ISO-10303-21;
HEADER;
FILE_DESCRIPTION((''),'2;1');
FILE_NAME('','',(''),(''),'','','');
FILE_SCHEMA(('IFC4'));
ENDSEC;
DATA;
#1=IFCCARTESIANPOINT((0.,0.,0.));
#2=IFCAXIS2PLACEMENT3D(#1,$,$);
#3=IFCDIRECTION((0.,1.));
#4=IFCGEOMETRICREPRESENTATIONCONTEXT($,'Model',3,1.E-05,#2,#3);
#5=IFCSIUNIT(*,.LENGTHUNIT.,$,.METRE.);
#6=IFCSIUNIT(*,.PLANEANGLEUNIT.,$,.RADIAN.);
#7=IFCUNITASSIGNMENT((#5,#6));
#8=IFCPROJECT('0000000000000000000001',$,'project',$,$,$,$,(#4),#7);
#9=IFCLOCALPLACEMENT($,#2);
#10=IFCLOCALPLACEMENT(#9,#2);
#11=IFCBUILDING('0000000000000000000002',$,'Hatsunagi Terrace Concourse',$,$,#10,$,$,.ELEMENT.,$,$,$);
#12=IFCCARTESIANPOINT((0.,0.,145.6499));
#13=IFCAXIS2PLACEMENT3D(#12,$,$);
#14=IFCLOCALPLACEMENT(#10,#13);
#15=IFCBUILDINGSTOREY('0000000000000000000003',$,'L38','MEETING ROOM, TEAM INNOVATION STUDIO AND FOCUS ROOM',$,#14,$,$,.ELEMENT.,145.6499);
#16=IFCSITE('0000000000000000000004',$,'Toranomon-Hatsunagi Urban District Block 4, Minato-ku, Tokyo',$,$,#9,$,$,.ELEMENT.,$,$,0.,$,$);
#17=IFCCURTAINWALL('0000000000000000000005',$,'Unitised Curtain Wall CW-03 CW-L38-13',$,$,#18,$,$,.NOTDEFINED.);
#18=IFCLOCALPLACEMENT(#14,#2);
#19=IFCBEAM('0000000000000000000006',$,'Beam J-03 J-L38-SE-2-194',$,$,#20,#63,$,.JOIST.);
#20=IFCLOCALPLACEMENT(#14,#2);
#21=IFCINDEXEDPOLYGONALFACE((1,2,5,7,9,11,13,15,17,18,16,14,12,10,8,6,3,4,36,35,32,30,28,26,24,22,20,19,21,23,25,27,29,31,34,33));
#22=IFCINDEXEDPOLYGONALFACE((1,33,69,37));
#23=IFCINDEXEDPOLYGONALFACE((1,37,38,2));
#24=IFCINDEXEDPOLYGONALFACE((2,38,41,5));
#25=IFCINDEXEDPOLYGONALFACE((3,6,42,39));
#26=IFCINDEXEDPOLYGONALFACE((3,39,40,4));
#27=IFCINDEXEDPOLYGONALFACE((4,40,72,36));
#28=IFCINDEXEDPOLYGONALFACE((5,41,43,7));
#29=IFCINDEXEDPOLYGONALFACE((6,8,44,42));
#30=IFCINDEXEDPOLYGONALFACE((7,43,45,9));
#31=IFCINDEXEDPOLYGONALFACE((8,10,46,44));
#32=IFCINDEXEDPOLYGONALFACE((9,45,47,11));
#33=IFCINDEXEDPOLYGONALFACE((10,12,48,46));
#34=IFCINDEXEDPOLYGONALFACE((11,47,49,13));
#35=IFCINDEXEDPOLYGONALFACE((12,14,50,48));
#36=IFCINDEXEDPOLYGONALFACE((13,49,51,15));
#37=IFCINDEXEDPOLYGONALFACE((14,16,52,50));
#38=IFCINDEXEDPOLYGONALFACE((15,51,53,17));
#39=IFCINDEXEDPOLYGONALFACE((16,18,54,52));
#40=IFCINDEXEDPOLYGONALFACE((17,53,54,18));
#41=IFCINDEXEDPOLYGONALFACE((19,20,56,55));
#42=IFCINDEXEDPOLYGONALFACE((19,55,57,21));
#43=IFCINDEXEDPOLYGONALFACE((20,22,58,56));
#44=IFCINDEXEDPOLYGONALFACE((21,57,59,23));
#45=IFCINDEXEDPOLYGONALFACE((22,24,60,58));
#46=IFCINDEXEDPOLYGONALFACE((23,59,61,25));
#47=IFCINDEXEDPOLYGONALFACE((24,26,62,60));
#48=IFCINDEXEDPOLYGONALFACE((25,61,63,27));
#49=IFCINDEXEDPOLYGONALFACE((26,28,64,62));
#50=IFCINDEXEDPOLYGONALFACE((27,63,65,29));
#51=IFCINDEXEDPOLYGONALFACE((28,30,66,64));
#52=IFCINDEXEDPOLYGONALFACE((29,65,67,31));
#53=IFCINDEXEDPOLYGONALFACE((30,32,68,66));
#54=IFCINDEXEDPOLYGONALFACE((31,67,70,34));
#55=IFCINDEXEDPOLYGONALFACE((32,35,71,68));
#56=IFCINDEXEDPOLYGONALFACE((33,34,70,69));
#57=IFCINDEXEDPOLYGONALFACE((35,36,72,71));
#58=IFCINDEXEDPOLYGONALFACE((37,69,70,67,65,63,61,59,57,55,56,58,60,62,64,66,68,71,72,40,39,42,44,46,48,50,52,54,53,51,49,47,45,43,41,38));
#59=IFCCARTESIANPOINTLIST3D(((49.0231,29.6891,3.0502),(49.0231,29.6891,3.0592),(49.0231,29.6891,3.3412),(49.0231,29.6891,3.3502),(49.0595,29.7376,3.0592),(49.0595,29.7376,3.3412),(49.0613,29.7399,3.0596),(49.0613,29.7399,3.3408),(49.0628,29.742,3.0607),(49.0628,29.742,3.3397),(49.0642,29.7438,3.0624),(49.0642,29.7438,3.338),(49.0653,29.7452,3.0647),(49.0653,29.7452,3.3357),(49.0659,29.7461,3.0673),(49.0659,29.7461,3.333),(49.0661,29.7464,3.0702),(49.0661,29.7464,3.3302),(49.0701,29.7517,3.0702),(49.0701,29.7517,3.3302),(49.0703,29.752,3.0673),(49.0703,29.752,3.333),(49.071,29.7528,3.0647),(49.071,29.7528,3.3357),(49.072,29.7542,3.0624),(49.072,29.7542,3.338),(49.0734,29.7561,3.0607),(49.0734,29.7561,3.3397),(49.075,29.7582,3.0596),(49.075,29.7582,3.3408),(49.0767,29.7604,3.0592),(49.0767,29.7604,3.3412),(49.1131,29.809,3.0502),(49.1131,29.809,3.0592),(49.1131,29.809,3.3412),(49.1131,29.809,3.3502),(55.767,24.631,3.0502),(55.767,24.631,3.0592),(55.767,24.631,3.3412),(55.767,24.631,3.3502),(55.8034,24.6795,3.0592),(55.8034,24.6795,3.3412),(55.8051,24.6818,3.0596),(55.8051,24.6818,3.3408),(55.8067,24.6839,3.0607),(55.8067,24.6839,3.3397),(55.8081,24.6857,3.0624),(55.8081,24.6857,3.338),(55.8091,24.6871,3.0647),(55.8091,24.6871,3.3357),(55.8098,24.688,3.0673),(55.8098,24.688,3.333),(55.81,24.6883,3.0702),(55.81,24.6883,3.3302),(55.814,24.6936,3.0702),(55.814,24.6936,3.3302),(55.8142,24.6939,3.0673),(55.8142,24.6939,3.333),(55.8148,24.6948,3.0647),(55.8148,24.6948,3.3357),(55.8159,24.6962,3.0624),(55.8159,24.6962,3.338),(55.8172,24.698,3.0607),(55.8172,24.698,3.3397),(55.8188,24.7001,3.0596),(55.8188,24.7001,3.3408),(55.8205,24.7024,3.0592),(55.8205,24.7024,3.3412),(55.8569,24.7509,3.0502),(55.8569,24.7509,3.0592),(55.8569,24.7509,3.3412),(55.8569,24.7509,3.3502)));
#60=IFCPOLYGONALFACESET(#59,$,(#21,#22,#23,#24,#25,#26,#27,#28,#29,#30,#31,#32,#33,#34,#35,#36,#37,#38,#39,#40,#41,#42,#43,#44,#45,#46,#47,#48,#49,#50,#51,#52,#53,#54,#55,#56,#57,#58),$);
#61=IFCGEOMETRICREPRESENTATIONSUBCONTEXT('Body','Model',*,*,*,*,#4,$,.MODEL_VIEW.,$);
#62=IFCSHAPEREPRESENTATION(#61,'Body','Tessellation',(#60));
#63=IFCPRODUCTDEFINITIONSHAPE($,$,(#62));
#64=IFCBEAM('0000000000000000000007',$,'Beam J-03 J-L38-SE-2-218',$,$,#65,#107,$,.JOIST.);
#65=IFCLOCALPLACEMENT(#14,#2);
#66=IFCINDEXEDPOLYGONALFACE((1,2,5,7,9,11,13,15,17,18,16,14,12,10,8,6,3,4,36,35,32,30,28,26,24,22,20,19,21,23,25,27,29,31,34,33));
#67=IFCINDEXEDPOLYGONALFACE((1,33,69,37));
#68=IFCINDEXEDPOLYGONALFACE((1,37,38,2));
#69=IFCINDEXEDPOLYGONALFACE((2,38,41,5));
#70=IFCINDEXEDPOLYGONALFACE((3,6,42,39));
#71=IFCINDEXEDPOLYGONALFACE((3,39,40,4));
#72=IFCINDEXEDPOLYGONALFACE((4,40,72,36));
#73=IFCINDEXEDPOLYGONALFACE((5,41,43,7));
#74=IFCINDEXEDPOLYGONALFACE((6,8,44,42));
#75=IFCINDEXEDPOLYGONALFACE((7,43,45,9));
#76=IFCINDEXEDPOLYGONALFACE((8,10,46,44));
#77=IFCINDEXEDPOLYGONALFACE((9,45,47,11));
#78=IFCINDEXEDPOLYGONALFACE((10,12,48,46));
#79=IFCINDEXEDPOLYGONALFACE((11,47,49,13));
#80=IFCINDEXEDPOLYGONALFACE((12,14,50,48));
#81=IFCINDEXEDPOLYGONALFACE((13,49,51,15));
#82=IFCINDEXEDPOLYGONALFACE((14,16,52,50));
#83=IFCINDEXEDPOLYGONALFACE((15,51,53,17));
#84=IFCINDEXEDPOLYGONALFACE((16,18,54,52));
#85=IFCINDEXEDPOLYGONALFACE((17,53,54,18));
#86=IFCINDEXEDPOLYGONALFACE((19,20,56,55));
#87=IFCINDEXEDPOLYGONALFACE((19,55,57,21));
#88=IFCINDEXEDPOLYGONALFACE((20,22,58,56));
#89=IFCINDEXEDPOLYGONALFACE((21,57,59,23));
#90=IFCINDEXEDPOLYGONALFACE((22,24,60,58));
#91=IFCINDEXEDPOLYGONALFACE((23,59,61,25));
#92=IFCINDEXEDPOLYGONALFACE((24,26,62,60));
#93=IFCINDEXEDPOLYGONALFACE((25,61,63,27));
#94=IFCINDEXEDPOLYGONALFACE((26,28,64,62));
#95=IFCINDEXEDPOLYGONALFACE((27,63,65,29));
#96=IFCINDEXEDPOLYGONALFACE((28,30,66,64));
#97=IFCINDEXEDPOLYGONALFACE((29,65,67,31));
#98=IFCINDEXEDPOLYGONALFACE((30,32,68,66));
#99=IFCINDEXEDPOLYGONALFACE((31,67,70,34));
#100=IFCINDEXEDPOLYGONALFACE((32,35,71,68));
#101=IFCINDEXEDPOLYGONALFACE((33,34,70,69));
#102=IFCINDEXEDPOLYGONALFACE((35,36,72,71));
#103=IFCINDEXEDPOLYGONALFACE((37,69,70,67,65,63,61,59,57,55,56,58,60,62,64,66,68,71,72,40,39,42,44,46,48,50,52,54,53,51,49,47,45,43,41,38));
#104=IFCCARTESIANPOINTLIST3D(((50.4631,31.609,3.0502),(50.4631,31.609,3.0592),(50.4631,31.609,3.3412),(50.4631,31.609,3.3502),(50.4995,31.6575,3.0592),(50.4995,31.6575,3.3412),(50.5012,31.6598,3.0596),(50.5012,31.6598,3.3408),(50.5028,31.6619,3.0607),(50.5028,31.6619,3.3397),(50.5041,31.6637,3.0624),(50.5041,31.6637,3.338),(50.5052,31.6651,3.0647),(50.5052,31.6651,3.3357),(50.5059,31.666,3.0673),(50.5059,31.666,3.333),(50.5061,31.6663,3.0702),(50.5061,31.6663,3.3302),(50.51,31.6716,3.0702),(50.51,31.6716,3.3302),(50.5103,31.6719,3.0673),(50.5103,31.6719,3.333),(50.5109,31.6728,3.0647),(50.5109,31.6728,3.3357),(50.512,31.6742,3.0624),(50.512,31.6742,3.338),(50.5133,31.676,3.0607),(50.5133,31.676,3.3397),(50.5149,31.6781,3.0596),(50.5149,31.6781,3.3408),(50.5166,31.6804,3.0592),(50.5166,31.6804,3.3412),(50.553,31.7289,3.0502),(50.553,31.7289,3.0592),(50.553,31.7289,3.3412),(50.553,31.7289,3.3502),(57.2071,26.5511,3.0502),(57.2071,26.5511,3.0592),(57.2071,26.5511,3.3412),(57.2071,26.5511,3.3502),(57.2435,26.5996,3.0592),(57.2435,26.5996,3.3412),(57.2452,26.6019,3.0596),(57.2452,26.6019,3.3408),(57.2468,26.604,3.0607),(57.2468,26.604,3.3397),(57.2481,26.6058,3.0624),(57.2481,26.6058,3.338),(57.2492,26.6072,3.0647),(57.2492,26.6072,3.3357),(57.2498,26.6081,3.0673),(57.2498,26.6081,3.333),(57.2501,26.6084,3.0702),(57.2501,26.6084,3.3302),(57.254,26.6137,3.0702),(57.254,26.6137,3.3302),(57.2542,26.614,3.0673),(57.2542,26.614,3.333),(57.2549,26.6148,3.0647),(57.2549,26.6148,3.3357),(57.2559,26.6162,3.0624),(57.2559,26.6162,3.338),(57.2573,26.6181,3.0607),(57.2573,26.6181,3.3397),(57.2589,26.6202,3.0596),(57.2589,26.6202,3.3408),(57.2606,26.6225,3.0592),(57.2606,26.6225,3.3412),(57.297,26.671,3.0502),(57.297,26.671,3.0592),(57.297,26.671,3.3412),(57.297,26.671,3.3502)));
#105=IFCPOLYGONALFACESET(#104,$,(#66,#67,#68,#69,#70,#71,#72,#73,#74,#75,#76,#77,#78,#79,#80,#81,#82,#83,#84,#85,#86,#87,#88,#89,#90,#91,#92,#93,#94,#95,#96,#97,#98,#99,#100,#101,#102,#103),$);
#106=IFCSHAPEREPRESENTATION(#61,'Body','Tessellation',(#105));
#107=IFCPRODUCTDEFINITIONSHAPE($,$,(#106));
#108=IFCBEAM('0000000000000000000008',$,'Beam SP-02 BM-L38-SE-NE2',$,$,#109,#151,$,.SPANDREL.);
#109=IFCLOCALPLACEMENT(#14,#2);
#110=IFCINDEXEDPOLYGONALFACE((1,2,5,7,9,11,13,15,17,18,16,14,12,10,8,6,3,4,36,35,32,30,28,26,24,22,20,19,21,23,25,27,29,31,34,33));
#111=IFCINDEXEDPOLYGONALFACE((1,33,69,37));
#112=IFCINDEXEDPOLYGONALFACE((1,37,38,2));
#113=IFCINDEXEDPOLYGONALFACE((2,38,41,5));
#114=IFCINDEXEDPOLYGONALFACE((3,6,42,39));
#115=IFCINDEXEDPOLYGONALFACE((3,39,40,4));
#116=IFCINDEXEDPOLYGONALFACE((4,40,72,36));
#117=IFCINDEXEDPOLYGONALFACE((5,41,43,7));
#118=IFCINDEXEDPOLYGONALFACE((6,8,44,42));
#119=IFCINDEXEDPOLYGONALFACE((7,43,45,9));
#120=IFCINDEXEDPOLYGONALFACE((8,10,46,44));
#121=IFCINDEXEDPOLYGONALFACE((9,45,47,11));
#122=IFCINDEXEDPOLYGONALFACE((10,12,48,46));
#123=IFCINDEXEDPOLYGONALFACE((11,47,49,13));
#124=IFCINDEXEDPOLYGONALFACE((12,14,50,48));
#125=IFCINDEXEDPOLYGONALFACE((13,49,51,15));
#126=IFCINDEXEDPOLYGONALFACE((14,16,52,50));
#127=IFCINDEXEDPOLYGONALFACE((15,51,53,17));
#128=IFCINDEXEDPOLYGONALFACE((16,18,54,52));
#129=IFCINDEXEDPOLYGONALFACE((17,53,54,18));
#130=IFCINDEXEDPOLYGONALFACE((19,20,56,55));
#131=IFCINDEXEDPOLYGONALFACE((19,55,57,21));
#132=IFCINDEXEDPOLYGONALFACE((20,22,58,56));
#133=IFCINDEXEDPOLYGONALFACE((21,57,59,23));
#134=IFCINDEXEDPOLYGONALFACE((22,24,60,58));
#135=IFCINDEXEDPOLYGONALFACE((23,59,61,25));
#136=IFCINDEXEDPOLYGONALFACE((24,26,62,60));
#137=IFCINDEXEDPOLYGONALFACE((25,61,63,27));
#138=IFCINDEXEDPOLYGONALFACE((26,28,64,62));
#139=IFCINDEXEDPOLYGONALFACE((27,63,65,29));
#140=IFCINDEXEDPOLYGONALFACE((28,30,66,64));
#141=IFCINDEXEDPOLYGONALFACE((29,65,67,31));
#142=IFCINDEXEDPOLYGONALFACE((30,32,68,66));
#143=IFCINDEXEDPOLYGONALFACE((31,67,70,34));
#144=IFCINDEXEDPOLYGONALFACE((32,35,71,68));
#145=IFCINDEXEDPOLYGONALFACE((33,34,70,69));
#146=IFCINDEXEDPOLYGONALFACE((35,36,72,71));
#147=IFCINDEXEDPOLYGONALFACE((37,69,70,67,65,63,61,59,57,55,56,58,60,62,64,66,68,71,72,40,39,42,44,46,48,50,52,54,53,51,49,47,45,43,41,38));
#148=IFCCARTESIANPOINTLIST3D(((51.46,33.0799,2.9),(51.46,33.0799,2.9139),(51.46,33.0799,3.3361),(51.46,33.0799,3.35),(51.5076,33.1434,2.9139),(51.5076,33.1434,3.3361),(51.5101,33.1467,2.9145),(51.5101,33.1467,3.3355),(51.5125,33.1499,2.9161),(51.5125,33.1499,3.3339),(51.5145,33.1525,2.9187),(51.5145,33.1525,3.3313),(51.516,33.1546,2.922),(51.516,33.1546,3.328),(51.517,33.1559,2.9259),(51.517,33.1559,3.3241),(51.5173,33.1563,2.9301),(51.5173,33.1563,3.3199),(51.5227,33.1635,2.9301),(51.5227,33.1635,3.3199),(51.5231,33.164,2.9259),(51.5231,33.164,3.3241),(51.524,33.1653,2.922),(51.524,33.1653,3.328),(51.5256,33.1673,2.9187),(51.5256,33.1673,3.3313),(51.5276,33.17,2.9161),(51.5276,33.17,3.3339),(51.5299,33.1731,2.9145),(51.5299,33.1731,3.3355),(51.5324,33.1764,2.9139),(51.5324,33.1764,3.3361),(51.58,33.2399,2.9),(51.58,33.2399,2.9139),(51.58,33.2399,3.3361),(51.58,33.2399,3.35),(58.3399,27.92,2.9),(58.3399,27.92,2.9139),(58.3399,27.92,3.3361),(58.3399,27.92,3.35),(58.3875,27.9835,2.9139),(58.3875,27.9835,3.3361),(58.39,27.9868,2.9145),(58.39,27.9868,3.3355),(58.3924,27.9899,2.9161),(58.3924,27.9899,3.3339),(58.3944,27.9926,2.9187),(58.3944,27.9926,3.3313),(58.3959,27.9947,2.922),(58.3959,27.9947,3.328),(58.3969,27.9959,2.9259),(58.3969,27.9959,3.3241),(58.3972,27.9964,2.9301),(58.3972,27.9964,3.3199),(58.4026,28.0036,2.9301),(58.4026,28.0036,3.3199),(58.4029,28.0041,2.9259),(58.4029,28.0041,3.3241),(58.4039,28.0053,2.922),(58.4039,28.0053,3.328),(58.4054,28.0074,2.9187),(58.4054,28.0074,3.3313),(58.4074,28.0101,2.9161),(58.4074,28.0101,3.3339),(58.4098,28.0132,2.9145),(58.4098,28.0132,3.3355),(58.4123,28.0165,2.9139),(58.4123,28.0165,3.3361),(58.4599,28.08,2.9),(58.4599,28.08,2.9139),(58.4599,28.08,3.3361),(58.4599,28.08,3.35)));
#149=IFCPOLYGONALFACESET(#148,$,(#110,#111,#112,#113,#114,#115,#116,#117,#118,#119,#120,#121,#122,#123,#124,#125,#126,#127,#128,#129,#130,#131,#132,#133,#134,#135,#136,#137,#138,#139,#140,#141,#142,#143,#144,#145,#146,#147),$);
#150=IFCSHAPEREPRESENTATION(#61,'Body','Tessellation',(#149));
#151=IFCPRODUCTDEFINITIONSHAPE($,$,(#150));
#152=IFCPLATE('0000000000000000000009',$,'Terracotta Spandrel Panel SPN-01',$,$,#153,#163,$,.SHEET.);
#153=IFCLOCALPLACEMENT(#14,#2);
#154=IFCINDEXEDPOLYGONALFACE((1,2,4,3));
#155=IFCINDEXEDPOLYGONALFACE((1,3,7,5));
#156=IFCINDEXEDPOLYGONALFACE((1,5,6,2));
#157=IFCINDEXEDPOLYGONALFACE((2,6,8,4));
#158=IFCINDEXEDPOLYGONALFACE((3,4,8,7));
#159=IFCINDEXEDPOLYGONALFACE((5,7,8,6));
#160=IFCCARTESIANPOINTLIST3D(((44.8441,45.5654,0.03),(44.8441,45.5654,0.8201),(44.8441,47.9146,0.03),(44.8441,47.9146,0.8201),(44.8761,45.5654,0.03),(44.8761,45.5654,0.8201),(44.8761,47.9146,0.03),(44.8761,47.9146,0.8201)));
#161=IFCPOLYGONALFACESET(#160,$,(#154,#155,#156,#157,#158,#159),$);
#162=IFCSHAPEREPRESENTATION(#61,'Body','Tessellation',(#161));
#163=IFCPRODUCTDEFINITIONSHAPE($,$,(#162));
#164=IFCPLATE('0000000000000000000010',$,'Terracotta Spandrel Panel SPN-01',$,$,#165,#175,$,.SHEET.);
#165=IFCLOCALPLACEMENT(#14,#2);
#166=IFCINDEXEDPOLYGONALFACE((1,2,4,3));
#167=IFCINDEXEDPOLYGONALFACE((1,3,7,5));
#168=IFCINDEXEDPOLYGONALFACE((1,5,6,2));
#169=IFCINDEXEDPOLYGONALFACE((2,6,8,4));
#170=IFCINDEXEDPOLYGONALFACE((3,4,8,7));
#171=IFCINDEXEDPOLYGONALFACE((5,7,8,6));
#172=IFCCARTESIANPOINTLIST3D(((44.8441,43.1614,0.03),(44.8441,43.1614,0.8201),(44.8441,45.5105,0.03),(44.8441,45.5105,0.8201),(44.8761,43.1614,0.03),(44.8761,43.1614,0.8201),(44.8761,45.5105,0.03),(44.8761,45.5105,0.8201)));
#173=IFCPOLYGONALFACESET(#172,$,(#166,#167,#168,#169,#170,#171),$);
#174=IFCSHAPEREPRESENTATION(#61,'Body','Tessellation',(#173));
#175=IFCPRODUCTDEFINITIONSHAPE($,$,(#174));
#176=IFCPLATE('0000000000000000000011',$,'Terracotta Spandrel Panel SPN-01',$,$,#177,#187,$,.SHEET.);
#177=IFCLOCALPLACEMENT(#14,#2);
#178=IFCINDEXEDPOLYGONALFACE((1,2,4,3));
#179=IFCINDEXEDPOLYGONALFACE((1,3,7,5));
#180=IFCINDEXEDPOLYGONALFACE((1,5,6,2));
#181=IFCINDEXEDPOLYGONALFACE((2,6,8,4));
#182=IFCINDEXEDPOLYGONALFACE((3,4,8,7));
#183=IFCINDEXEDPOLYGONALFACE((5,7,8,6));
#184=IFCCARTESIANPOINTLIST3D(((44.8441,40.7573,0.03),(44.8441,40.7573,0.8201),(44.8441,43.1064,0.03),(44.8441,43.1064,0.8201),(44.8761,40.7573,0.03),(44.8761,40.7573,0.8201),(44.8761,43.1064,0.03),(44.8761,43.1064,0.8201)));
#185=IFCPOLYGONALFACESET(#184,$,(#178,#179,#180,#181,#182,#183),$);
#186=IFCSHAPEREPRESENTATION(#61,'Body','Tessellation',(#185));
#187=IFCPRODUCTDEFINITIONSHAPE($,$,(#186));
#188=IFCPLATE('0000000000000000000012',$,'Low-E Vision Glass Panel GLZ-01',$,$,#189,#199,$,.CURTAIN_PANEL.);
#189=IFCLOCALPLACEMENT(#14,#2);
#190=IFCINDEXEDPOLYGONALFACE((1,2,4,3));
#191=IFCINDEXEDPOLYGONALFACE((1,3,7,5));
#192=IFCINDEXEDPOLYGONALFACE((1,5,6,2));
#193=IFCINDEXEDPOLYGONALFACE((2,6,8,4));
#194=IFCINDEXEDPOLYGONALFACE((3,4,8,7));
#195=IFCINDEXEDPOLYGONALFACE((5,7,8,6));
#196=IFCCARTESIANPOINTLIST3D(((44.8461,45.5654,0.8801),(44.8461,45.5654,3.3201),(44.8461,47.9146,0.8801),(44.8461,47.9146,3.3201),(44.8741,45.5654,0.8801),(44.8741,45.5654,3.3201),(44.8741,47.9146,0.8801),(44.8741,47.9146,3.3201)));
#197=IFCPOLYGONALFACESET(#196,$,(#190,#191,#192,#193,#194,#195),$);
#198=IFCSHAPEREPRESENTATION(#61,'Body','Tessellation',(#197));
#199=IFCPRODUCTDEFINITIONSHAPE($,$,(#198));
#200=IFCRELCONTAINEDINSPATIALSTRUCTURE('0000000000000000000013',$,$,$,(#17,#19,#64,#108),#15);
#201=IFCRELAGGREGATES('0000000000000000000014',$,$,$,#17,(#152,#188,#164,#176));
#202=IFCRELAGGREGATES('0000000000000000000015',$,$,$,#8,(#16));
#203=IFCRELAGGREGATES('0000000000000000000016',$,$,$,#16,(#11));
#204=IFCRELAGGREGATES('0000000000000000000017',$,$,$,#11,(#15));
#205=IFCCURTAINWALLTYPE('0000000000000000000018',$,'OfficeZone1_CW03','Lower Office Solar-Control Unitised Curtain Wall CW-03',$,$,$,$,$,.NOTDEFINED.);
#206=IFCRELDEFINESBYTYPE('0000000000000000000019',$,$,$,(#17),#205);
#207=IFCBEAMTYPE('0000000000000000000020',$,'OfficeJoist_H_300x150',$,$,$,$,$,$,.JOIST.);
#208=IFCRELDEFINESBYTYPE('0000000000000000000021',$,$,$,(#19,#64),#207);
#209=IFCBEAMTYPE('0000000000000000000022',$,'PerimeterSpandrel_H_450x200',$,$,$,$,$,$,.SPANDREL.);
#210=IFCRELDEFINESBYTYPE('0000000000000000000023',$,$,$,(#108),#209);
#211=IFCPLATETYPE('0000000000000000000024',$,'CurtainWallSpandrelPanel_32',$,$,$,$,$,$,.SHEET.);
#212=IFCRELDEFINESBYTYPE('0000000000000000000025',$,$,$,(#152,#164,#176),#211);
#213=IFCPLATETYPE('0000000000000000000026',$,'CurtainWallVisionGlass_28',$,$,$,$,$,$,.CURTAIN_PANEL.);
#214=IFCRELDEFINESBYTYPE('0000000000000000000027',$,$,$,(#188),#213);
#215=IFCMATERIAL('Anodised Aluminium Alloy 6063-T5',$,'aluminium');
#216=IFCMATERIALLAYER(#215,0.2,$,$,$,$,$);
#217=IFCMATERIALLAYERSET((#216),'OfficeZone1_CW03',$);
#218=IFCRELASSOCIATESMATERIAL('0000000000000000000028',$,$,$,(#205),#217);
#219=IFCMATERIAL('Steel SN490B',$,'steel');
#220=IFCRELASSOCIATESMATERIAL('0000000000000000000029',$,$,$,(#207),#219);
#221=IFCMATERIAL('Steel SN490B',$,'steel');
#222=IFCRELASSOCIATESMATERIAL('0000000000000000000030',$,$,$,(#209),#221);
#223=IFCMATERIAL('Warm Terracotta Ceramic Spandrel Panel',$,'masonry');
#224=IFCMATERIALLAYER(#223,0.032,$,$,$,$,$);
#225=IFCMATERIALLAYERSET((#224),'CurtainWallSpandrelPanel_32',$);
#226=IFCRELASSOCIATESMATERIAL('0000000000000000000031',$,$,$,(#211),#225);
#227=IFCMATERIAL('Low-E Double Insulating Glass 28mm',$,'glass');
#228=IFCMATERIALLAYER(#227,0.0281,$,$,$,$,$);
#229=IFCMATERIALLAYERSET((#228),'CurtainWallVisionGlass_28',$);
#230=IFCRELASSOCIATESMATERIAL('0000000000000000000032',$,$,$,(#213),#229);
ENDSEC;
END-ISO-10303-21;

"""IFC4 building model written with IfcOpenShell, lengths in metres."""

from ifc_helpers import new_model, si_unit, direction, frame, origin, origin_2d, place, context, subcontext, project, spatial, rectangle, i_section, extrude, material, layer, layer_set, material_profile, profile_set, type_object, element, aggregate, save


model = new_model("IFC4")

# Units and contexts
model_context = context("Model", 3, precision=1e-05, world=origin(), true_north=direction((0.0, 1.0)))
body_context = subcontext(model_context, "Body", "Model", "MODEL_VIEW")
ifc_project = project(units=[si_unit("LENGTHUNIT", "METRE"), si_unit("PLANEANGLEUNIT", "RADIAN")], contexts=[model_context])

# Site, building, storey
site_placement = place(None, origin())
site = spatial("IfcSite", under=ifc_project, at=site_placement, Name="Toranomon-Hatsunagi Urban District Block 4, Minato-ku, Tokyo", CompositionType="ELEMENT", RefElevation=0.0)
building_placement = place(site_placement, origin())
building = spatial("IfcBuilding", under=site, at=building_placement, Name="Hatsunagi Terrace Concourse", CompositionType="ELEMENT")
storey_placement = place(building_placement, frame((0.0, 0.0, 145.6499)))
storey = spatial("IfcBuildingStorey", under=building, at=storey_placement, Name="L38", Description="MEETING ROOM, TEAM INNOVATION STUDIO AND FOCUS ROOM", CompositionType="ELEMENT", Elevation=145.6499)

# Curtain wall
ifc_material_1 = material(Name="Anodised Aluminium Alloy 6063-T5", Category="aluminium")
ifc_layer_1 = layer(ifc_material_1, 0.2)
ifc_layer_set_1 = layer_set([ifc_layer_1], Name="OfficeZone1_CW03")
curtain_wall_type = type_object("IfcCurtainWallType", Name="OfficeZone1_CW03", Description="Lower Office Solar-Control Unitised Curtain Wall CW-03", PredefinedType="NOTDEFINED", material=ifc_layer_set_1)
curtain_wall_placement = place(storey_placement, origin())
curtain_wall = element("IfcCurtainWall", 1, at=curtain_wall_placement, inside=storey, type_object=curtain_wall_type, Name="Unitised Curtain Wall CW-03 CW-L38-13", PredefinedType="NOTDEFINED")

# Beams
ifc_material_2 = material(Name="Steel SN490B", Category="steel")
ifc_material_profile_1 = material_profile(ifc_material_2, i_section(OverallWidth=0.1499, OverallDepth=0.3, WebThickness=0.0066, FlangeThickness=0.009, FilletRadius=0.011, at=origin_2d()), Name="H-300x150x6.5x9")
ifc_profile_set_1 = profile_set([ifc_material_profile_1], Name="Steel SN490B")
beam_type_1 = type_object("IfcBeamType", Name="OfficeJoist_H_300x150", PredefinedType="JOIST", material=ifc_profile_set_1)
for number, where, z_axis, x_axis, name in (
    (2, (49.0681, 29.749, 3.2002), (0.79999, -0.600014, 0.0), (0.600014, 0.79999, 0.0), "Beam J-03 J-L38-SE-2-194"),
    (3, (50.5081, 31.6689, 3.2002), (0.800003, -0.599995, 0.0), (0.599995, 0.800003, 0.0), "Beam J-03 J-L38-SE-2-218"),
):
    element("IfcBeam", number, at=place(storey_placement, frame(where, z_axis=z_axis, x_axis=x_axis)), inside=storey, type_object=beam_type_1, Name=name, PredefinedType="JOIST", context=body_context, shape_type="SweptSolid", body=[
        extrude(i_section(OverallWidth=0.1499, OverallDepth=0.3, WebThickness=0.0066, FlangeThickness=0.009, FilletRadius=0.011, at=origin_2d()), origin(), (0.0, 0.0, 1.0), 8.4299),
    ])
ifc_material_3 = material(Name="Steel SN490B", Category="steel")
ifc_material_profile_2 = material_profile(ifc_material_3, i_section(OverallWidth=0.2, OverallDepth=0.45, WebThickness=0.009, FlangeThickness=0.0139, FilletRadius=0.0161, at=origin_2d()), Name="H-450x200x9x14")
ifc_profile_set_2 = profile_set([ifc_material_profile_2], Name="Steel SN490B")
beam_type_2 = type_object("IfcBeamType", Name="PerimeterSpandrel_H_450x200", PredefinedType="SPANDREL", material=ifc_profile_set_2)
beam_placement = place(storey_placement, frame((51.52, 33.1599, 3.125), z_axis=(0.8, -0.6, 0.0), x_axis=(0.6, 0.8, 0.0)))
element("IfcBeam", 4, at=beam_placement, inside=storey, type_object=beam_type_2, Name="Beam SP-02 BM-L38-SE-NE2", PredefinedType="SPANDREL", context=body_context, shape_type="SweptSolid", body=[
    extrude(i_section(OverallWidth=0.2, OverallDepth=0.45, WebThickness=0.009, FlangeThickness=0.0139, FilletRadius=0.0161, at=origin_2d()), origin(), (0.0, 0.0, 1.0), 8.5999),
])

# Plates
ifc_material_4 = material(Name="Warm Terracotta Ceramic Spandrel Panel", Category="masonry")
ifc_layer_2 = layer(ifc_material_4, 0.032)
ifc_layer_set_2 = layer_set([ifc_layer_2], Name="CurtainWallSpandrelPanel_32")
plate_type_1 = type_object("IfcPlateType", Name="CurtainWallSpandrelPanel_32", PredefinedType="SHEET", material=ifc_layer_set_2)
plate_1_placement = place(storey_placement, frame((44.8601, 46.74, 0.03), z_axis=(0.0, 0.0, 1.0), x_axis=(0.0, -1.0, 0.0)))
plate_1 = element("IfcPlate", 5, at=plate_1_placement, type_object=plate_type_1, Name="Terracotta Spandrel Panel SPN-01", PredefinedType="SHEET", context=body_context, shape_type="SweptSolid", body=[
    extrude(rectangle(XDim=2.3491, YDim=0.032, at=origin_2d()), origin(), (0.0, 0.0, 1.0), 0.79),
])
plate_2_placement = place(storey_placement, frame((44.8601, 44.3359, 0.03), z_axis=(0.0, 0.0, 1.0), x_axis=(0.0, -1.0, 0.0)))
plate_2 = element("IfcPlate", 6, at=plate_2_placement, type_object=plate_type_1, Name="Terracotta Spandrel Panel SPN-01", PredefinedType="SHEET", context=body_context, shape_type="SweptSolid", body=[
    extrude(rectangle(XDim=2.3491, YDim=0.032, at=origin_2d()), origin(), (0.0, 0.0, 1.0), 0.79),
])
plate_3_placement = place(storey_placement, frame((44.8601, 41.9319, 0.03), z_axis=(0.0, 0.0, 1.0), x_axis=(0.0, -1.0, 0.0)))
plate_3 = element("IfcPlate", 7, at=plate_3_placement, type_object=plate_type_1, Name="Terracotta Spandrel Panel SPN-01", PredefinedType="SHEET", context=body_context, shape_type="SweptSolid", body=[
    extrude(rectangle(XDim=2.3491, YDim=0.032, at=origin_2d()), origin(), (0.0, 0.0, 1.0), 0.79),
])
ifc_material_5 = material(Name="Low-E Double Insulating Glass 28mm", Category="glass")
ifc_layer_3 = layer(ifc_material_5, 0.0281)
ifc_layer_set_3 = layer_set([ifc_layer_3], Name="CurtainWallVisionGlass_28")
plate_type_2 = type_object("IfcPlateType", Name="CurtainWallVisionGlass_28", PredefinedType="CURTAIN_PANEL", material=ifc_layer_set_3)
plate_4_placement = place(storey_placement, frame((44.8601, 46.74, 0.8801), z_axis=(0.0, 0.0, 1.0), x_axis=(0.0, -1.0, 0.0)))
plate_4 = element("IfcPlate", 8, at=plate_4_placement, type_object=plate_type_2, Name="Low-E Vision Glass Panel GLZ-01", PredefinedType="CURTAIN_PANEL", context=body_context, shape_type="SweptSolid", body=[
    extrude(rectangle(XDim=2.3491, YDim=0.0281, at=origin_2d()), origin(), (0.0, 0.0, 1.0), 2.4399),
])
aggregate(curtain_wall, [plate_1, plate_4, plate_2, plate_3])

save(model, "model.ifc")
